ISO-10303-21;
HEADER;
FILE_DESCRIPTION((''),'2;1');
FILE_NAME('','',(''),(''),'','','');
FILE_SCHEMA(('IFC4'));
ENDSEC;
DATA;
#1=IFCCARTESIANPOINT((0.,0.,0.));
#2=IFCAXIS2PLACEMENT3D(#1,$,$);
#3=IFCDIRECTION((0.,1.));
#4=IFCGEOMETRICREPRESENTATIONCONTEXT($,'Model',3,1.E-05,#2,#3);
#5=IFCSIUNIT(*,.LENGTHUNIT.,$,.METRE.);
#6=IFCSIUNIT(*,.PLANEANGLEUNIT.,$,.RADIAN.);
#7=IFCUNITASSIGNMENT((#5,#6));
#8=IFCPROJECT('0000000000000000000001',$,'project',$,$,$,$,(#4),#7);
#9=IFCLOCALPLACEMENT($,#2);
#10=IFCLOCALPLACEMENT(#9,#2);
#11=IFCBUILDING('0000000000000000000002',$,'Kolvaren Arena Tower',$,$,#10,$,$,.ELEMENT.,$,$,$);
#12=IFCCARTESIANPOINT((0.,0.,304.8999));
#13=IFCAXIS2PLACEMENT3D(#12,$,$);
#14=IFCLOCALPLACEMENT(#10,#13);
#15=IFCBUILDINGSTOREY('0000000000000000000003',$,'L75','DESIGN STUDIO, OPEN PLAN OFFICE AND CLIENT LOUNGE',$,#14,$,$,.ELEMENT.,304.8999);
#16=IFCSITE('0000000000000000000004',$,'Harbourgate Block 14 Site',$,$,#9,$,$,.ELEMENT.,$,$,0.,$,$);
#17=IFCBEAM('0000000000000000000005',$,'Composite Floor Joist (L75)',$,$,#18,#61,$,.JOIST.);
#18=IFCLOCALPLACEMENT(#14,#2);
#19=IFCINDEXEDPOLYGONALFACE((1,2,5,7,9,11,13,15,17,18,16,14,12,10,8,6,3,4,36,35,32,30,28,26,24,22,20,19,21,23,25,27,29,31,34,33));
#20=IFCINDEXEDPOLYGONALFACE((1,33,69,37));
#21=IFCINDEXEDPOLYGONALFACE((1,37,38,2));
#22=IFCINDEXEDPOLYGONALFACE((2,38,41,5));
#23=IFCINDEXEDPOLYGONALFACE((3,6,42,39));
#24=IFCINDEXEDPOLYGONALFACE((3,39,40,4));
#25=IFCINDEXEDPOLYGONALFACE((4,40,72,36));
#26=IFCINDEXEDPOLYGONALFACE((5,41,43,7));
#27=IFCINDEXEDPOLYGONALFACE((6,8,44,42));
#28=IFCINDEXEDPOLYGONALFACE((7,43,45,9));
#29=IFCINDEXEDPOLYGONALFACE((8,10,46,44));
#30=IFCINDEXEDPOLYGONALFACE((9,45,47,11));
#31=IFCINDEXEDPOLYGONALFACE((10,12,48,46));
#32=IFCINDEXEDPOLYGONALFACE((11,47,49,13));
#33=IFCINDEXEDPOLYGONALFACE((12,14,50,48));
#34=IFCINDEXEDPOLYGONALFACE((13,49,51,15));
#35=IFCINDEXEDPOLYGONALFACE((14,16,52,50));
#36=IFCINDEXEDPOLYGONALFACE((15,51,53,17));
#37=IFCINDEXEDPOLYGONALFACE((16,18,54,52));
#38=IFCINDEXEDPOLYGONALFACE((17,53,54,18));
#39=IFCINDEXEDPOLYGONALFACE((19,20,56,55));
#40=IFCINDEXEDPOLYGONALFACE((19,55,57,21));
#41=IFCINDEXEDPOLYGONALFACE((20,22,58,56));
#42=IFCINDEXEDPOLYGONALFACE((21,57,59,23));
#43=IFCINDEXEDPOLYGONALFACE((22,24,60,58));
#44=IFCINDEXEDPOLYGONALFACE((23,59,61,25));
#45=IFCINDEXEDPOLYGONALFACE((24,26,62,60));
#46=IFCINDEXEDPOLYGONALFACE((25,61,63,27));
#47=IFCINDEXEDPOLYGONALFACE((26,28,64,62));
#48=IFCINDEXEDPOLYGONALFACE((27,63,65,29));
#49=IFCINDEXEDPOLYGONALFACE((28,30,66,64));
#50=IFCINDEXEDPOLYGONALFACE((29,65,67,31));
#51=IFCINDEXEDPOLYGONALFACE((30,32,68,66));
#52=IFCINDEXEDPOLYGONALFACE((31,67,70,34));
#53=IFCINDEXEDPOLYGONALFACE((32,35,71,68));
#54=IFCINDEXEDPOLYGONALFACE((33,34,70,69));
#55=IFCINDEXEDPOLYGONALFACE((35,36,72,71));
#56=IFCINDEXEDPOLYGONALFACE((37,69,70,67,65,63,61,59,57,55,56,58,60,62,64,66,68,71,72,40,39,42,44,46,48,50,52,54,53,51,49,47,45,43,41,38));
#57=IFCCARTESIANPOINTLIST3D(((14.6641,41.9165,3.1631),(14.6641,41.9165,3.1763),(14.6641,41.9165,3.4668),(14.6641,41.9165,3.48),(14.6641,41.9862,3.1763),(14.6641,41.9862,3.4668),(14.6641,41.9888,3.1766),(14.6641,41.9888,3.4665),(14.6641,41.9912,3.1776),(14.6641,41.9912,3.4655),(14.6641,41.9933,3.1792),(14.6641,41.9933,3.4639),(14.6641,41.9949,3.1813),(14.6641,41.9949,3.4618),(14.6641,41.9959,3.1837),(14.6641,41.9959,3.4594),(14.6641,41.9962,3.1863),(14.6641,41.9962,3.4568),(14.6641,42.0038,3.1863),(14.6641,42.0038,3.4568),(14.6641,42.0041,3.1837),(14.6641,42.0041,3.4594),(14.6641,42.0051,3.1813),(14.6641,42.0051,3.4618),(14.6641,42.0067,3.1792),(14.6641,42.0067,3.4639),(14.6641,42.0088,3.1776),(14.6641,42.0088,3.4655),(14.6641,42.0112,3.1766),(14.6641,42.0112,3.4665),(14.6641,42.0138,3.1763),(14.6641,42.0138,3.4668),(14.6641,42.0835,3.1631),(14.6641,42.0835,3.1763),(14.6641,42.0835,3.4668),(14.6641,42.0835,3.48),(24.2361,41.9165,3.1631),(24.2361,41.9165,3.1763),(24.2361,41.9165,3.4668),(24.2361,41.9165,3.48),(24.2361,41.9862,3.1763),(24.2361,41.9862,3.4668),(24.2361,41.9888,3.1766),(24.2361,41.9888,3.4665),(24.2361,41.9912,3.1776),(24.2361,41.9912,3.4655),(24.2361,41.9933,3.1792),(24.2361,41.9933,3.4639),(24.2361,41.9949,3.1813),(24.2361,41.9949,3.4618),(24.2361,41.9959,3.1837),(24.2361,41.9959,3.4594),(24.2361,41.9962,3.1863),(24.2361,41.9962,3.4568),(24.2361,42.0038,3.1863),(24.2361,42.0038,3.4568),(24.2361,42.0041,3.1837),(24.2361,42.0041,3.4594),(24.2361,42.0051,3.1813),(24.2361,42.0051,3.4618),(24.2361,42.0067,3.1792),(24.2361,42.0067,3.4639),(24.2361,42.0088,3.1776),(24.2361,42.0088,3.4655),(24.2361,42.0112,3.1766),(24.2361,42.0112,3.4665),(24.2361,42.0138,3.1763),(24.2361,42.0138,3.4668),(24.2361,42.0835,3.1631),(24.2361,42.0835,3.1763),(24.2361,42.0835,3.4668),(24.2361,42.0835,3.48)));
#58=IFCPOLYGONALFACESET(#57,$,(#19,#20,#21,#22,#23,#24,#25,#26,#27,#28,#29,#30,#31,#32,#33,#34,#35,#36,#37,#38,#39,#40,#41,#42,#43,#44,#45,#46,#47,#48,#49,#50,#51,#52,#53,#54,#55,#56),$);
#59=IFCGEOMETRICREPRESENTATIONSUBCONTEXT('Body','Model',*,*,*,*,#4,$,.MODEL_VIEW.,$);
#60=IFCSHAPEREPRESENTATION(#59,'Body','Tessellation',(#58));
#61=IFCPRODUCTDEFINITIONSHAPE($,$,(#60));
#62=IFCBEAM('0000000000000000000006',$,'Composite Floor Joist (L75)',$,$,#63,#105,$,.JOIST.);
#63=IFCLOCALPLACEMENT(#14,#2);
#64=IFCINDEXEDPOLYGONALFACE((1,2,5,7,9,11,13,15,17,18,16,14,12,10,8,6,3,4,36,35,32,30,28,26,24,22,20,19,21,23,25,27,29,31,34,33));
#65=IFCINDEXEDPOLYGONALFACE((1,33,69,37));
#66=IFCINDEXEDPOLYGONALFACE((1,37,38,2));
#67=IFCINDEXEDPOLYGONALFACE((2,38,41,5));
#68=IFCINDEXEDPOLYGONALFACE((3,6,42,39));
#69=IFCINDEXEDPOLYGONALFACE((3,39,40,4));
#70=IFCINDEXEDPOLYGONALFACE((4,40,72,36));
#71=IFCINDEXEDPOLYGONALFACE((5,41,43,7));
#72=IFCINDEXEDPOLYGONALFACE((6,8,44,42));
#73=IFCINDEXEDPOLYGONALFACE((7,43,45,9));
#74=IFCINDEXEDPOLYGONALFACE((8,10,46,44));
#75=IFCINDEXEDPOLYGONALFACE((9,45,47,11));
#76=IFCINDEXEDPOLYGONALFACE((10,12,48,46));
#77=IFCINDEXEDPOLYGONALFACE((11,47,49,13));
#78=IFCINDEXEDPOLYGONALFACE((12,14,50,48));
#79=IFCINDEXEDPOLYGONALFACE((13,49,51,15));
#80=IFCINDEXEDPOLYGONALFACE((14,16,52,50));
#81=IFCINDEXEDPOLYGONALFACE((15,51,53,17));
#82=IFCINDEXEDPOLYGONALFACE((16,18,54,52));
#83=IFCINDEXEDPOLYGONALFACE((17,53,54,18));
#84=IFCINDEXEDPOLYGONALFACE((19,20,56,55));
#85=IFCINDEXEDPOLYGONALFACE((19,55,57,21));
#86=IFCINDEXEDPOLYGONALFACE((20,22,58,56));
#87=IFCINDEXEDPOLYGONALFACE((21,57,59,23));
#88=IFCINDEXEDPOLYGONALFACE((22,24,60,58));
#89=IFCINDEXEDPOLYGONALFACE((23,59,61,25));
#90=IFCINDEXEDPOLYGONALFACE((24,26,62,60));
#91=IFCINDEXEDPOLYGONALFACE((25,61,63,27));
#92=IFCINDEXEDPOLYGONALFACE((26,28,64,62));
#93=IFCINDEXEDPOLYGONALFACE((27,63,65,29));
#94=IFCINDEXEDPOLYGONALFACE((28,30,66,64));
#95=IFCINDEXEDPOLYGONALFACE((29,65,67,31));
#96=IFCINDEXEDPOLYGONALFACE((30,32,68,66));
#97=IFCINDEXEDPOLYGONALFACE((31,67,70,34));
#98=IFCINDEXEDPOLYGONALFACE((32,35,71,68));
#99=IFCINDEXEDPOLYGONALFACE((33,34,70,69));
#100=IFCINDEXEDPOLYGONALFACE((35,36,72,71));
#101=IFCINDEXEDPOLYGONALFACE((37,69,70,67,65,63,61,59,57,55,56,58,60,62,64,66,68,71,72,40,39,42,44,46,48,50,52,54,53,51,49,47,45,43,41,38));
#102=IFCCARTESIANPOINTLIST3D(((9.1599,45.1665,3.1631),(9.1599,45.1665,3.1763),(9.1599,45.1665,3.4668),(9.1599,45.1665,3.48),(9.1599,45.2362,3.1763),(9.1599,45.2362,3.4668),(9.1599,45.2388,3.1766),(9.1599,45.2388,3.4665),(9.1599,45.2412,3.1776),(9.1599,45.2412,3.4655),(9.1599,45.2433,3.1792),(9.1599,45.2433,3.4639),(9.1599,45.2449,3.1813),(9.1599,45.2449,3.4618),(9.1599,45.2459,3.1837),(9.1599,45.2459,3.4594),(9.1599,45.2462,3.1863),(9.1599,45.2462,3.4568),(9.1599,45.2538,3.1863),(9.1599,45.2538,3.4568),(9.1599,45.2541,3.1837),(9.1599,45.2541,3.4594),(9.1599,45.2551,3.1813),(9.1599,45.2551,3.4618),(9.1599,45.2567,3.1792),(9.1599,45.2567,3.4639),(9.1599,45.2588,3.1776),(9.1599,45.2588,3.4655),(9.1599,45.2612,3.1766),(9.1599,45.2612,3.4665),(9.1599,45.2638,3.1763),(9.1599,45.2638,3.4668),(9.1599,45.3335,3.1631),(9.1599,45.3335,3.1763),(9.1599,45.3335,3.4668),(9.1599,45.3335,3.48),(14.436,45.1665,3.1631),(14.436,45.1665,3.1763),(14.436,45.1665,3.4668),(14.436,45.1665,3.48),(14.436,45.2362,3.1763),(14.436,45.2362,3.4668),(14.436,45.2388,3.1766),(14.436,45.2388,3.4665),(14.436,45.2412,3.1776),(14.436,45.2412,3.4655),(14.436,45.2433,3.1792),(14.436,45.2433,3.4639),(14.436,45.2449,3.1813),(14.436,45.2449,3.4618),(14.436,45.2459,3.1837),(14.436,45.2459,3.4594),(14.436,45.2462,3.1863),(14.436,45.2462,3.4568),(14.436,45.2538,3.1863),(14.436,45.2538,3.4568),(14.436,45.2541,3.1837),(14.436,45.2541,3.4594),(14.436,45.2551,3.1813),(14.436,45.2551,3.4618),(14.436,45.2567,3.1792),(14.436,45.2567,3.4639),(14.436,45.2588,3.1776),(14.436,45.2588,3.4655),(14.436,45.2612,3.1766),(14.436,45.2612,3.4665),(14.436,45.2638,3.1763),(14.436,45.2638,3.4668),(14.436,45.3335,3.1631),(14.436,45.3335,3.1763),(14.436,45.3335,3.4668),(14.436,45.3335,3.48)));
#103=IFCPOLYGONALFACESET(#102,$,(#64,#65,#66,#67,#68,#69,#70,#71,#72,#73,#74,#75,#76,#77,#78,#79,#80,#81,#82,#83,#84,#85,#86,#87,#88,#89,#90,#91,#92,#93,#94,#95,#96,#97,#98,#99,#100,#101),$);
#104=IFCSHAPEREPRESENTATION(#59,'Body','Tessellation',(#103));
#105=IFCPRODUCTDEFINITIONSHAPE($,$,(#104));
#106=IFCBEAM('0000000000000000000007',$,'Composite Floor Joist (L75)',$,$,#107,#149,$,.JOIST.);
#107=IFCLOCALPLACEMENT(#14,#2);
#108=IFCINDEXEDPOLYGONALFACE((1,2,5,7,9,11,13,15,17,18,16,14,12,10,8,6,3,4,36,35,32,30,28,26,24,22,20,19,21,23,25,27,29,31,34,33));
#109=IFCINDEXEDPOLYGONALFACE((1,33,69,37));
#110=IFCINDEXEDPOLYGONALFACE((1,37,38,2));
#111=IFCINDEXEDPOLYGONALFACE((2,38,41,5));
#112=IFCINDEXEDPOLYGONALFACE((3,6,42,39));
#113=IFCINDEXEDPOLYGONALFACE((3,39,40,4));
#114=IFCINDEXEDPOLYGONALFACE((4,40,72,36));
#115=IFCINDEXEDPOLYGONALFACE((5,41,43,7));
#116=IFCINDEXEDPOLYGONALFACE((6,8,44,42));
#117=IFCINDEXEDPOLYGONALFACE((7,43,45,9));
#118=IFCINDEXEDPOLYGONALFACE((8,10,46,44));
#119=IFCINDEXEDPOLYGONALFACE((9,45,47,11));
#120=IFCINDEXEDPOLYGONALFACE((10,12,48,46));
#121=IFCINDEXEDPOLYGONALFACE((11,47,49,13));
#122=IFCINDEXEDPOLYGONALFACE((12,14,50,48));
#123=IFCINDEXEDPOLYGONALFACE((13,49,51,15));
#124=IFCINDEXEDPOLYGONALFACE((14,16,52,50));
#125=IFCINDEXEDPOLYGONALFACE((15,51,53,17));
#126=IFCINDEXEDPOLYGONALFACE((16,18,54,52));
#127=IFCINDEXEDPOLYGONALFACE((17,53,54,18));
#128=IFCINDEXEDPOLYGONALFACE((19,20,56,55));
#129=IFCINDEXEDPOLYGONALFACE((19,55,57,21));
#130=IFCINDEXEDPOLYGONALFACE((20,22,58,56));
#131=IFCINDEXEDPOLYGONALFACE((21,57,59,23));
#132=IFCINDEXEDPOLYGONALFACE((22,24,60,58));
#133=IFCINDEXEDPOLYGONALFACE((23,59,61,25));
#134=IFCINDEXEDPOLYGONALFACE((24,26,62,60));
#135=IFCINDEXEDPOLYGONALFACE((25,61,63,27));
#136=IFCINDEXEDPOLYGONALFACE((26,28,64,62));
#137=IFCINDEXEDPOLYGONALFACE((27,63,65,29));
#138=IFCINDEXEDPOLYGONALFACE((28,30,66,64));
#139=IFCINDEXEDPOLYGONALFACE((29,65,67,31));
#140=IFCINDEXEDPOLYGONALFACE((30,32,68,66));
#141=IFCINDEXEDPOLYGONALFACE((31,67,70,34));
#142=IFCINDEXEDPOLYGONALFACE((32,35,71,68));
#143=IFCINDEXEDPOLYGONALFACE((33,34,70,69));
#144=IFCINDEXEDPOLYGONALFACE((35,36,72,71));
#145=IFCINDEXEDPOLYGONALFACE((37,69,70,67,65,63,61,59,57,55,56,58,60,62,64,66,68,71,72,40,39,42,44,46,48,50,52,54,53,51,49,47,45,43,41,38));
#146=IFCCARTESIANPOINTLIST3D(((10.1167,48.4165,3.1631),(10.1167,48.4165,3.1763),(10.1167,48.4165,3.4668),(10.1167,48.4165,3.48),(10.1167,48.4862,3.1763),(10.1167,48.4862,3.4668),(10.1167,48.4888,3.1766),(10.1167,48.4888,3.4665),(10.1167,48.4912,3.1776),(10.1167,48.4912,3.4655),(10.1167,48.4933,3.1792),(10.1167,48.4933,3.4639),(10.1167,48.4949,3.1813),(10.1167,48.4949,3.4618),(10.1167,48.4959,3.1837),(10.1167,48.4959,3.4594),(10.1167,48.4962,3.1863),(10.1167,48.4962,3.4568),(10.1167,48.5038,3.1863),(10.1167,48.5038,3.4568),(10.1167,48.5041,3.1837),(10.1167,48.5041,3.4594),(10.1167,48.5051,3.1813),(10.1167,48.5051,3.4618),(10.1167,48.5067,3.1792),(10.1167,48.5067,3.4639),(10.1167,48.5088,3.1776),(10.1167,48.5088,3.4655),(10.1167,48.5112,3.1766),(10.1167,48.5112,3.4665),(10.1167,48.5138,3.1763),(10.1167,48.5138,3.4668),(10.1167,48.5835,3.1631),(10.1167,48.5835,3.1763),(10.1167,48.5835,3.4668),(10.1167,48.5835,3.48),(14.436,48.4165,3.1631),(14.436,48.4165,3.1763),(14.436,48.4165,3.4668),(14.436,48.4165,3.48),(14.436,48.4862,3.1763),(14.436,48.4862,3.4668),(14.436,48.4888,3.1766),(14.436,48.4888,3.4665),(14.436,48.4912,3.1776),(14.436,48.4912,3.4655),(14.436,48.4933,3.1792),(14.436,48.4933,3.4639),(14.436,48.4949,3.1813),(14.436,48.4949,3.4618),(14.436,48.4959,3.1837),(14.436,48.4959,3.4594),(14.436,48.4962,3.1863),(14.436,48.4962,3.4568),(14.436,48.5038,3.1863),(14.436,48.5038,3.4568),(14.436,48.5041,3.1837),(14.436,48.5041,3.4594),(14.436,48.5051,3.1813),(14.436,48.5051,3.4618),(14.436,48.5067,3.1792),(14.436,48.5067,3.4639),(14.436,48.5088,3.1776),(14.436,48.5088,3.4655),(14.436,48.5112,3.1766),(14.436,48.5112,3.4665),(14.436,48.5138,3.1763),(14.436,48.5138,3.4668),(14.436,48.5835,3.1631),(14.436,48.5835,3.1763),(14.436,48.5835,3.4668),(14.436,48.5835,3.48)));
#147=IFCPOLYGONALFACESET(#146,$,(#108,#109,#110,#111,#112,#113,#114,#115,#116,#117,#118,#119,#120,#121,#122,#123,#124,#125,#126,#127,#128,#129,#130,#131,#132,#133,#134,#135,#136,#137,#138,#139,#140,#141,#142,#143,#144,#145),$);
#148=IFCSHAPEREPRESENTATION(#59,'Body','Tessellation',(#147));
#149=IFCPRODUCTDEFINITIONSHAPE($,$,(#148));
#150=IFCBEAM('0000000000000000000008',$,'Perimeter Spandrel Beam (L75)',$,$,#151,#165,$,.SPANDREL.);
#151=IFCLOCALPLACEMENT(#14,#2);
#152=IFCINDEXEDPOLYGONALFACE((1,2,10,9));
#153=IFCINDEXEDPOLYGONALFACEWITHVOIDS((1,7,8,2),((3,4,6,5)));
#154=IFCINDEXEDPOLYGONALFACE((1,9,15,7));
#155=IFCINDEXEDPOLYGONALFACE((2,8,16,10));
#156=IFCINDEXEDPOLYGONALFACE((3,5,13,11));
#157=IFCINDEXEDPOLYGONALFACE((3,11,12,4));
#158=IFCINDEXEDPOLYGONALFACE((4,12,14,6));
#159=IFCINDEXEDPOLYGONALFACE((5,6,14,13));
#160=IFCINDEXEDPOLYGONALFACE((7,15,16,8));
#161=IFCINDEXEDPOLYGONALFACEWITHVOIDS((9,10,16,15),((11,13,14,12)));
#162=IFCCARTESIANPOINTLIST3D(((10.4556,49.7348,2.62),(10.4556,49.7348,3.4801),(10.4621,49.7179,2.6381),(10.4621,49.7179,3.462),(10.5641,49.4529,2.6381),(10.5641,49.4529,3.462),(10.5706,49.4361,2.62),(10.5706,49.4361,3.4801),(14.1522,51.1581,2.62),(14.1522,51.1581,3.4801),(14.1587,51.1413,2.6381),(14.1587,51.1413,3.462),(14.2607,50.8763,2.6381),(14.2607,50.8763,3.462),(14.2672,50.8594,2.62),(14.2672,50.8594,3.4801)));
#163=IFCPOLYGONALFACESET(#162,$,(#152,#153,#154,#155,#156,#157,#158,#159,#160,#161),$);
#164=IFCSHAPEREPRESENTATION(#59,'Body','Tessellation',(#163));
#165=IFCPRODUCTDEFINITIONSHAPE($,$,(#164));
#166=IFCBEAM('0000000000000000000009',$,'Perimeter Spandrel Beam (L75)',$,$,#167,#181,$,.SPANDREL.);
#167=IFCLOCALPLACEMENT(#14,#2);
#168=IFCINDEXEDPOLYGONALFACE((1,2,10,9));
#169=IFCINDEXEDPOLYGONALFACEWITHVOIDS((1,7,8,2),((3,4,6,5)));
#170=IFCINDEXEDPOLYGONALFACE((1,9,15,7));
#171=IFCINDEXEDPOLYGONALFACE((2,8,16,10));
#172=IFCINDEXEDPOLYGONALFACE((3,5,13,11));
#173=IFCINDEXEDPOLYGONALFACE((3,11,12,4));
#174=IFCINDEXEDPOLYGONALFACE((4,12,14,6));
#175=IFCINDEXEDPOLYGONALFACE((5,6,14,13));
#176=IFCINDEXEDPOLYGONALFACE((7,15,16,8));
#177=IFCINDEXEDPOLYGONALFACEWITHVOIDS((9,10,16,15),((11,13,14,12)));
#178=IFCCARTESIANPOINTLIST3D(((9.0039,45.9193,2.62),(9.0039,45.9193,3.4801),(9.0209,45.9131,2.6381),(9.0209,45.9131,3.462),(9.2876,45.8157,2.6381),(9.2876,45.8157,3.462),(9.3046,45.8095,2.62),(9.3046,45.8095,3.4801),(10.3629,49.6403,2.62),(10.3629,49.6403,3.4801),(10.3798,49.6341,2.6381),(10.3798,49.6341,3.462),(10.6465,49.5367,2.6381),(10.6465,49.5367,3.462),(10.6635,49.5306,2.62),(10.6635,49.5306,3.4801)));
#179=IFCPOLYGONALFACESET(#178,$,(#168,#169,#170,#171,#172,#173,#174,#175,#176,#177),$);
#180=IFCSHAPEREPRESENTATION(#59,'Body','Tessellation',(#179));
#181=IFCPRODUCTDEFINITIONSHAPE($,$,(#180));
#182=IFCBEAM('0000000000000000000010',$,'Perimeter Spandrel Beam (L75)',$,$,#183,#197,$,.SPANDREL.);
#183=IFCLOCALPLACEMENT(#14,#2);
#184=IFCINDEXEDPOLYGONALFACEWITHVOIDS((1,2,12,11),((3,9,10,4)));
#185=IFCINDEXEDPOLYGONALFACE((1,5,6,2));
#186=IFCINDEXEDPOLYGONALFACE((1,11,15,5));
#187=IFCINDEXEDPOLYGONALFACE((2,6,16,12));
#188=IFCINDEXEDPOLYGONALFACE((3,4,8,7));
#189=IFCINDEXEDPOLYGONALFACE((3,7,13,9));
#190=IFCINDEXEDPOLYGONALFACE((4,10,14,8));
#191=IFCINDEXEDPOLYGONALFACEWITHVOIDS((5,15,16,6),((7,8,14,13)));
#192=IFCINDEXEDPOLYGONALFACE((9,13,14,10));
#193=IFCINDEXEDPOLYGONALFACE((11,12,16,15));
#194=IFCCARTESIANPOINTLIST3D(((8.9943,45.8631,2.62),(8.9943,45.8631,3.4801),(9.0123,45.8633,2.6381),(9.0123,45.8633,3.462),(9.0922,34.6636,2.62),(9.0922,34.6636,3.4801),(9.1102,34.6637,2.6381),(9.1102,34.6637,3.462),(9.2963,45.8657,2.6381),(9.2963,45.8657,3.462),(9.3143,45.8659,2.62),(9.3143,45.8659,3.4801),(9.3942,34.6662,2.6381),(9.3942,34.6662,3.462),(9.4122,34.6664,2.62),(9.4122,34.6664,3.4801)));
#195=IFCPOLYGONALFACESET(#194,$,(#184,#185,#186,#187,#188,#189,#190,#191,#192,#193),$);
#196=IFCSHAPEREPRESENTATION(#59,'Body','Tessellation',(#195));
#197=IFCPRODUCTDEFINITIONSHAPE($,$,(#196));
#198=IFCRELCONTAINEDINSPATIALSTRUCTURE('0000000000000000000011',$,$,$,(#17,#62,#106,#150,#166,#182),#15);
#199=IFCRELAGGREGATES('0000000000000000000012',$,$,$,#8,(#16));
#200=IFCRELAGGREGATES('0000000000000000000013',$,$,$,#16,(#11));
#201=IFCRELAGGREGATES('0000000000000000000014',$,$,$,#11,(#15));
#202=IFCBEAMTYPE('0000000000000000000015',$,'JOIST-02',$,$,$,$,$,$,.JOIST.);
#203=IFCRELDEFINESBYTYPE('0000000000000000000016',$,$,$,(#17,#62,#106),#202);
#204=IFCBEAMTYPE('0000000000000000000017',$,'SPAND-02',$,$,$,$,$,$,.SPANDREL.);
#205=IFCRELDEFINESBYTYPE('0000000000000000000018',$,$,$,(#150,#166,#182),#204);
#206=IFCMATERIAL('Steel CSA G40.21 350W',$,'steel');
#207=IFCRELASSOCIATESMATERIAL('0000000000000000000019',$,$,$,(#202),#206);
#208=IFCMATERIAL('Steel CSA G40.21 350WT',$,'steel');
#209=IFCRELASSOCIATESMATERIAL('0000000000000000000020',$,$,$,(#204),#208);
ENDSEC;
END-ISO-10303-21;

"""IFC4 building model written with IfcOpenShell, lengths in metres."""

from ifc_helpers import new_model, si_unit, direction, frame, origin, origin_2d, place, context, subcontext, project, spatial, hollow_rectangle, i_section, extrude, material, material_profile, profile_set, type_object, element, save


model = new_model("IFC4")

# Units and contexts
model_context = context("Model", 3, precision=1e-05, world=origin(), true_north=direction((0.0, 1.0)))
body_context = subcontext(model_context, "Body", "Model", "MODEL_VIEW")
ifc_project = project(units=[si_unit("LENGTHUNIT", "METRE"), si_unit("PLANEANGLEUNIT", "RADIAN")], contexts=[model_context])

# Site, building, storey
site_placement = place(None, origin())
site = spatial("IfcSite", under=ifc_project, at=site_placement, Name="Harbourgate Block 14 Site", CompositionType="ELEMENT", RefElevation=0.0)
building_placement = place(site_placement, origin())
building = spatial("IfcBuilding", under=site, at=building_placement, Name="Kolvaren Arena Tower", CompositionType="ELEMENT")
storey_placement = place(building_placement, frame((0.0, 0.0, 304.8999)))
storey = spatial("IfcBuildingStorey", under=building, at=storey_placement, Name="L75", Description="DESIGN STUDIO, OPEN PLAN OFFICE AND CLIENT LOUNGE", CompositionType="ELEMENT", Elevation=304.8999)

# Beams
ifc_material_1 = material(Name="Steel CSA G40.21 350W", Category="steel")
ifc_material_profile_1 = material_profile(ifc_material_1, i_section(OverallWidth=0.167, OverallDepth=0.3169, WebThickness=0.0076, FlangeThickness=0.0132, FilletRadius=0.01, at=origin_2d()), Name="W310x52")
ifc_profile_set_1 = profile_set([ifc_material_profile_1], Name="Steel CSA G40.21 350W")
beam_type_1 = type_object("IfcBeamType", Name="JOIST-02", PredefinedType="JOIST", material=ifc_profile_set_1)
for number, where, z_axis, x_axis, name in (
    (1, (14.6641, 42.0, 3.3215), (1.0, 0.0, 0.0), (0.0, 1.0, 0.0), "Composite Floor Joist (L75)"),
):
    element("IfcBeam", number, at=place(storey_placement, frame(where, z_axis=z_axis, x_axis=x_axis)), inside=storey, type_object=beam_type_1, Name=name, PredefinedType="JOIST", context=body_context, shape_type="SweptSolid", body=[
        extrude(i_section(OverallWidth=0.167, OverallDepth=0.3169, WebThickness=0.0076, FlangeThickness=0.0132, FilletRadius=0.01, at=origin_2d()), origin(), (0.0, 0.0, 1.0), 9.572),
    ])
beam_1_placement = place(storey_placement, frame((9.1599, 45.25, 3.3215), z_axis=(1.0, 0.0, 0.0), x_axis=(0.0, 1.0, 0.0)))
element("IfcBeam", 2, at=beam_1_placement, inside=storey, type_object=beam_type_1, Name="Composite Floor Joist (L75)", PredefinedType="JOIST", context=body_context, shape_type="SweptSolid", body=[
    extrude(i_section(OverallWidth=0.167, OverallDepth=0.3169, WebThickness=0.0076, FlangeThickness=0.0132, FilletRadius=0.01, at=origin_2d()), origin(), (0.0, 0.0, 1.0), 5.2761),
])
beam_2_placement = place(storey_placement, frame((10.1167, 48.5, 3.3215), z_axis=(1.0, 0.0, 0.0), x_axis=(0.0, 1.0, 0.0)))
element("IfcBeam", 3, at=beam_2_placement, inside=storey, type_object=beam_type_1, Name="Composite Floor Joist (L75)", PredefinedType="JOIST", context=body_context, shape_type="SweptSolid", body=[
    extrude(i_section(OverallWidth=0.167, OverallDepth=0.3169, WebThickness=0.0076, FlangeThickness=0.0132, FilletRadius=0.01, at=origin_2d()), origin(), (0.0, 0.0, 1.0), 4.3193),
])
ifc_material_2 = material(Name="Steel CSA G40.21 350WT", Category="steel")
ifc_material_profile_2 = material_profile(ifc_material_2, hollow_rectangle(XDim=0.3201, YDim=0.8601, WallThickness=0.0181, at=origin_2d()), Name="HSS 860x320x18")
ifc_profile_set_2 = profile_set([ifc_material_profile_2], Name="Steel CSA G40.21 350WT")
beam_type_2 = type_object("IfcBeamType", Name="SPAND-02", PredefinedType="SPANDREL", material=ifc_profile_set_2)
beam_3_placement = place(storey_placement, frame((14.2097, 51.0088, 3.05), z_axis=(-0.933211, -0.35933, 0.0), x_axis=(0.35933, -0.933211, 0.0)))
element("IfcBeam", 4, at=beam_3_placement, inside=storey, type_object=beam_type_2, Name="Perimeter Spandrel Beam (L75)", PredefinedType="SPANDREL", context=body_context, shape_type="SweptSolid", body=[
    extrude(hollow_rectangle(XDim=0.3201, YDim=0.8601, WallThickness=0.0181, at=origin_2d()), origin(), (0.0, 0.0, 1.0), 3.9612),
])
beam_4_placement = place(storey_placement, frame((10.5132, 49.5854, 3.05), z_axis=(-0.343039, -0.939321, 0.0), x_axis=(0.939321, -0.343039, 0.0)))
element("IfcBeam", 5, at=beam_4_placement, inside=storey, type_object=beam_type_2, Name="Perimeter Spandrel Beam (L75)", PredefinedType="SPANDREL", context=body_context, shape_type="SweptSolid", body=[
    extrude(hollow_rectangle(XDim=0.3201, YDim=0.8601, WallThickness=0.0181, at=origin_2d()), origin(), (0.0, 0.0, 1.0), 3.9614),
])
beam_5_placement = place(storey_placement, frame((9.1543, 45.8645, 3.05), z_axis=(0.008741, -0.999962, 0.0), x_axis=(0.999962, 0.008741, 0.0)))
element("IfcBeam", 6, at=beam_5_placement, inside=storey, type_object=beam_type_2, Name="Perimeter Spandrel Beam (L75)", PredefinedType="SPANDREL", context=body_context, shape_type="SweptSolid", body=[
    extrude(hollow_rectangle(XDim=0.3201, YDim=0.8601, WallThickness=0.0181, at=origin_2d()), origin(), (0.0, 0.0, 1.0), 11.2),
])

save(model, "model.ifc")
